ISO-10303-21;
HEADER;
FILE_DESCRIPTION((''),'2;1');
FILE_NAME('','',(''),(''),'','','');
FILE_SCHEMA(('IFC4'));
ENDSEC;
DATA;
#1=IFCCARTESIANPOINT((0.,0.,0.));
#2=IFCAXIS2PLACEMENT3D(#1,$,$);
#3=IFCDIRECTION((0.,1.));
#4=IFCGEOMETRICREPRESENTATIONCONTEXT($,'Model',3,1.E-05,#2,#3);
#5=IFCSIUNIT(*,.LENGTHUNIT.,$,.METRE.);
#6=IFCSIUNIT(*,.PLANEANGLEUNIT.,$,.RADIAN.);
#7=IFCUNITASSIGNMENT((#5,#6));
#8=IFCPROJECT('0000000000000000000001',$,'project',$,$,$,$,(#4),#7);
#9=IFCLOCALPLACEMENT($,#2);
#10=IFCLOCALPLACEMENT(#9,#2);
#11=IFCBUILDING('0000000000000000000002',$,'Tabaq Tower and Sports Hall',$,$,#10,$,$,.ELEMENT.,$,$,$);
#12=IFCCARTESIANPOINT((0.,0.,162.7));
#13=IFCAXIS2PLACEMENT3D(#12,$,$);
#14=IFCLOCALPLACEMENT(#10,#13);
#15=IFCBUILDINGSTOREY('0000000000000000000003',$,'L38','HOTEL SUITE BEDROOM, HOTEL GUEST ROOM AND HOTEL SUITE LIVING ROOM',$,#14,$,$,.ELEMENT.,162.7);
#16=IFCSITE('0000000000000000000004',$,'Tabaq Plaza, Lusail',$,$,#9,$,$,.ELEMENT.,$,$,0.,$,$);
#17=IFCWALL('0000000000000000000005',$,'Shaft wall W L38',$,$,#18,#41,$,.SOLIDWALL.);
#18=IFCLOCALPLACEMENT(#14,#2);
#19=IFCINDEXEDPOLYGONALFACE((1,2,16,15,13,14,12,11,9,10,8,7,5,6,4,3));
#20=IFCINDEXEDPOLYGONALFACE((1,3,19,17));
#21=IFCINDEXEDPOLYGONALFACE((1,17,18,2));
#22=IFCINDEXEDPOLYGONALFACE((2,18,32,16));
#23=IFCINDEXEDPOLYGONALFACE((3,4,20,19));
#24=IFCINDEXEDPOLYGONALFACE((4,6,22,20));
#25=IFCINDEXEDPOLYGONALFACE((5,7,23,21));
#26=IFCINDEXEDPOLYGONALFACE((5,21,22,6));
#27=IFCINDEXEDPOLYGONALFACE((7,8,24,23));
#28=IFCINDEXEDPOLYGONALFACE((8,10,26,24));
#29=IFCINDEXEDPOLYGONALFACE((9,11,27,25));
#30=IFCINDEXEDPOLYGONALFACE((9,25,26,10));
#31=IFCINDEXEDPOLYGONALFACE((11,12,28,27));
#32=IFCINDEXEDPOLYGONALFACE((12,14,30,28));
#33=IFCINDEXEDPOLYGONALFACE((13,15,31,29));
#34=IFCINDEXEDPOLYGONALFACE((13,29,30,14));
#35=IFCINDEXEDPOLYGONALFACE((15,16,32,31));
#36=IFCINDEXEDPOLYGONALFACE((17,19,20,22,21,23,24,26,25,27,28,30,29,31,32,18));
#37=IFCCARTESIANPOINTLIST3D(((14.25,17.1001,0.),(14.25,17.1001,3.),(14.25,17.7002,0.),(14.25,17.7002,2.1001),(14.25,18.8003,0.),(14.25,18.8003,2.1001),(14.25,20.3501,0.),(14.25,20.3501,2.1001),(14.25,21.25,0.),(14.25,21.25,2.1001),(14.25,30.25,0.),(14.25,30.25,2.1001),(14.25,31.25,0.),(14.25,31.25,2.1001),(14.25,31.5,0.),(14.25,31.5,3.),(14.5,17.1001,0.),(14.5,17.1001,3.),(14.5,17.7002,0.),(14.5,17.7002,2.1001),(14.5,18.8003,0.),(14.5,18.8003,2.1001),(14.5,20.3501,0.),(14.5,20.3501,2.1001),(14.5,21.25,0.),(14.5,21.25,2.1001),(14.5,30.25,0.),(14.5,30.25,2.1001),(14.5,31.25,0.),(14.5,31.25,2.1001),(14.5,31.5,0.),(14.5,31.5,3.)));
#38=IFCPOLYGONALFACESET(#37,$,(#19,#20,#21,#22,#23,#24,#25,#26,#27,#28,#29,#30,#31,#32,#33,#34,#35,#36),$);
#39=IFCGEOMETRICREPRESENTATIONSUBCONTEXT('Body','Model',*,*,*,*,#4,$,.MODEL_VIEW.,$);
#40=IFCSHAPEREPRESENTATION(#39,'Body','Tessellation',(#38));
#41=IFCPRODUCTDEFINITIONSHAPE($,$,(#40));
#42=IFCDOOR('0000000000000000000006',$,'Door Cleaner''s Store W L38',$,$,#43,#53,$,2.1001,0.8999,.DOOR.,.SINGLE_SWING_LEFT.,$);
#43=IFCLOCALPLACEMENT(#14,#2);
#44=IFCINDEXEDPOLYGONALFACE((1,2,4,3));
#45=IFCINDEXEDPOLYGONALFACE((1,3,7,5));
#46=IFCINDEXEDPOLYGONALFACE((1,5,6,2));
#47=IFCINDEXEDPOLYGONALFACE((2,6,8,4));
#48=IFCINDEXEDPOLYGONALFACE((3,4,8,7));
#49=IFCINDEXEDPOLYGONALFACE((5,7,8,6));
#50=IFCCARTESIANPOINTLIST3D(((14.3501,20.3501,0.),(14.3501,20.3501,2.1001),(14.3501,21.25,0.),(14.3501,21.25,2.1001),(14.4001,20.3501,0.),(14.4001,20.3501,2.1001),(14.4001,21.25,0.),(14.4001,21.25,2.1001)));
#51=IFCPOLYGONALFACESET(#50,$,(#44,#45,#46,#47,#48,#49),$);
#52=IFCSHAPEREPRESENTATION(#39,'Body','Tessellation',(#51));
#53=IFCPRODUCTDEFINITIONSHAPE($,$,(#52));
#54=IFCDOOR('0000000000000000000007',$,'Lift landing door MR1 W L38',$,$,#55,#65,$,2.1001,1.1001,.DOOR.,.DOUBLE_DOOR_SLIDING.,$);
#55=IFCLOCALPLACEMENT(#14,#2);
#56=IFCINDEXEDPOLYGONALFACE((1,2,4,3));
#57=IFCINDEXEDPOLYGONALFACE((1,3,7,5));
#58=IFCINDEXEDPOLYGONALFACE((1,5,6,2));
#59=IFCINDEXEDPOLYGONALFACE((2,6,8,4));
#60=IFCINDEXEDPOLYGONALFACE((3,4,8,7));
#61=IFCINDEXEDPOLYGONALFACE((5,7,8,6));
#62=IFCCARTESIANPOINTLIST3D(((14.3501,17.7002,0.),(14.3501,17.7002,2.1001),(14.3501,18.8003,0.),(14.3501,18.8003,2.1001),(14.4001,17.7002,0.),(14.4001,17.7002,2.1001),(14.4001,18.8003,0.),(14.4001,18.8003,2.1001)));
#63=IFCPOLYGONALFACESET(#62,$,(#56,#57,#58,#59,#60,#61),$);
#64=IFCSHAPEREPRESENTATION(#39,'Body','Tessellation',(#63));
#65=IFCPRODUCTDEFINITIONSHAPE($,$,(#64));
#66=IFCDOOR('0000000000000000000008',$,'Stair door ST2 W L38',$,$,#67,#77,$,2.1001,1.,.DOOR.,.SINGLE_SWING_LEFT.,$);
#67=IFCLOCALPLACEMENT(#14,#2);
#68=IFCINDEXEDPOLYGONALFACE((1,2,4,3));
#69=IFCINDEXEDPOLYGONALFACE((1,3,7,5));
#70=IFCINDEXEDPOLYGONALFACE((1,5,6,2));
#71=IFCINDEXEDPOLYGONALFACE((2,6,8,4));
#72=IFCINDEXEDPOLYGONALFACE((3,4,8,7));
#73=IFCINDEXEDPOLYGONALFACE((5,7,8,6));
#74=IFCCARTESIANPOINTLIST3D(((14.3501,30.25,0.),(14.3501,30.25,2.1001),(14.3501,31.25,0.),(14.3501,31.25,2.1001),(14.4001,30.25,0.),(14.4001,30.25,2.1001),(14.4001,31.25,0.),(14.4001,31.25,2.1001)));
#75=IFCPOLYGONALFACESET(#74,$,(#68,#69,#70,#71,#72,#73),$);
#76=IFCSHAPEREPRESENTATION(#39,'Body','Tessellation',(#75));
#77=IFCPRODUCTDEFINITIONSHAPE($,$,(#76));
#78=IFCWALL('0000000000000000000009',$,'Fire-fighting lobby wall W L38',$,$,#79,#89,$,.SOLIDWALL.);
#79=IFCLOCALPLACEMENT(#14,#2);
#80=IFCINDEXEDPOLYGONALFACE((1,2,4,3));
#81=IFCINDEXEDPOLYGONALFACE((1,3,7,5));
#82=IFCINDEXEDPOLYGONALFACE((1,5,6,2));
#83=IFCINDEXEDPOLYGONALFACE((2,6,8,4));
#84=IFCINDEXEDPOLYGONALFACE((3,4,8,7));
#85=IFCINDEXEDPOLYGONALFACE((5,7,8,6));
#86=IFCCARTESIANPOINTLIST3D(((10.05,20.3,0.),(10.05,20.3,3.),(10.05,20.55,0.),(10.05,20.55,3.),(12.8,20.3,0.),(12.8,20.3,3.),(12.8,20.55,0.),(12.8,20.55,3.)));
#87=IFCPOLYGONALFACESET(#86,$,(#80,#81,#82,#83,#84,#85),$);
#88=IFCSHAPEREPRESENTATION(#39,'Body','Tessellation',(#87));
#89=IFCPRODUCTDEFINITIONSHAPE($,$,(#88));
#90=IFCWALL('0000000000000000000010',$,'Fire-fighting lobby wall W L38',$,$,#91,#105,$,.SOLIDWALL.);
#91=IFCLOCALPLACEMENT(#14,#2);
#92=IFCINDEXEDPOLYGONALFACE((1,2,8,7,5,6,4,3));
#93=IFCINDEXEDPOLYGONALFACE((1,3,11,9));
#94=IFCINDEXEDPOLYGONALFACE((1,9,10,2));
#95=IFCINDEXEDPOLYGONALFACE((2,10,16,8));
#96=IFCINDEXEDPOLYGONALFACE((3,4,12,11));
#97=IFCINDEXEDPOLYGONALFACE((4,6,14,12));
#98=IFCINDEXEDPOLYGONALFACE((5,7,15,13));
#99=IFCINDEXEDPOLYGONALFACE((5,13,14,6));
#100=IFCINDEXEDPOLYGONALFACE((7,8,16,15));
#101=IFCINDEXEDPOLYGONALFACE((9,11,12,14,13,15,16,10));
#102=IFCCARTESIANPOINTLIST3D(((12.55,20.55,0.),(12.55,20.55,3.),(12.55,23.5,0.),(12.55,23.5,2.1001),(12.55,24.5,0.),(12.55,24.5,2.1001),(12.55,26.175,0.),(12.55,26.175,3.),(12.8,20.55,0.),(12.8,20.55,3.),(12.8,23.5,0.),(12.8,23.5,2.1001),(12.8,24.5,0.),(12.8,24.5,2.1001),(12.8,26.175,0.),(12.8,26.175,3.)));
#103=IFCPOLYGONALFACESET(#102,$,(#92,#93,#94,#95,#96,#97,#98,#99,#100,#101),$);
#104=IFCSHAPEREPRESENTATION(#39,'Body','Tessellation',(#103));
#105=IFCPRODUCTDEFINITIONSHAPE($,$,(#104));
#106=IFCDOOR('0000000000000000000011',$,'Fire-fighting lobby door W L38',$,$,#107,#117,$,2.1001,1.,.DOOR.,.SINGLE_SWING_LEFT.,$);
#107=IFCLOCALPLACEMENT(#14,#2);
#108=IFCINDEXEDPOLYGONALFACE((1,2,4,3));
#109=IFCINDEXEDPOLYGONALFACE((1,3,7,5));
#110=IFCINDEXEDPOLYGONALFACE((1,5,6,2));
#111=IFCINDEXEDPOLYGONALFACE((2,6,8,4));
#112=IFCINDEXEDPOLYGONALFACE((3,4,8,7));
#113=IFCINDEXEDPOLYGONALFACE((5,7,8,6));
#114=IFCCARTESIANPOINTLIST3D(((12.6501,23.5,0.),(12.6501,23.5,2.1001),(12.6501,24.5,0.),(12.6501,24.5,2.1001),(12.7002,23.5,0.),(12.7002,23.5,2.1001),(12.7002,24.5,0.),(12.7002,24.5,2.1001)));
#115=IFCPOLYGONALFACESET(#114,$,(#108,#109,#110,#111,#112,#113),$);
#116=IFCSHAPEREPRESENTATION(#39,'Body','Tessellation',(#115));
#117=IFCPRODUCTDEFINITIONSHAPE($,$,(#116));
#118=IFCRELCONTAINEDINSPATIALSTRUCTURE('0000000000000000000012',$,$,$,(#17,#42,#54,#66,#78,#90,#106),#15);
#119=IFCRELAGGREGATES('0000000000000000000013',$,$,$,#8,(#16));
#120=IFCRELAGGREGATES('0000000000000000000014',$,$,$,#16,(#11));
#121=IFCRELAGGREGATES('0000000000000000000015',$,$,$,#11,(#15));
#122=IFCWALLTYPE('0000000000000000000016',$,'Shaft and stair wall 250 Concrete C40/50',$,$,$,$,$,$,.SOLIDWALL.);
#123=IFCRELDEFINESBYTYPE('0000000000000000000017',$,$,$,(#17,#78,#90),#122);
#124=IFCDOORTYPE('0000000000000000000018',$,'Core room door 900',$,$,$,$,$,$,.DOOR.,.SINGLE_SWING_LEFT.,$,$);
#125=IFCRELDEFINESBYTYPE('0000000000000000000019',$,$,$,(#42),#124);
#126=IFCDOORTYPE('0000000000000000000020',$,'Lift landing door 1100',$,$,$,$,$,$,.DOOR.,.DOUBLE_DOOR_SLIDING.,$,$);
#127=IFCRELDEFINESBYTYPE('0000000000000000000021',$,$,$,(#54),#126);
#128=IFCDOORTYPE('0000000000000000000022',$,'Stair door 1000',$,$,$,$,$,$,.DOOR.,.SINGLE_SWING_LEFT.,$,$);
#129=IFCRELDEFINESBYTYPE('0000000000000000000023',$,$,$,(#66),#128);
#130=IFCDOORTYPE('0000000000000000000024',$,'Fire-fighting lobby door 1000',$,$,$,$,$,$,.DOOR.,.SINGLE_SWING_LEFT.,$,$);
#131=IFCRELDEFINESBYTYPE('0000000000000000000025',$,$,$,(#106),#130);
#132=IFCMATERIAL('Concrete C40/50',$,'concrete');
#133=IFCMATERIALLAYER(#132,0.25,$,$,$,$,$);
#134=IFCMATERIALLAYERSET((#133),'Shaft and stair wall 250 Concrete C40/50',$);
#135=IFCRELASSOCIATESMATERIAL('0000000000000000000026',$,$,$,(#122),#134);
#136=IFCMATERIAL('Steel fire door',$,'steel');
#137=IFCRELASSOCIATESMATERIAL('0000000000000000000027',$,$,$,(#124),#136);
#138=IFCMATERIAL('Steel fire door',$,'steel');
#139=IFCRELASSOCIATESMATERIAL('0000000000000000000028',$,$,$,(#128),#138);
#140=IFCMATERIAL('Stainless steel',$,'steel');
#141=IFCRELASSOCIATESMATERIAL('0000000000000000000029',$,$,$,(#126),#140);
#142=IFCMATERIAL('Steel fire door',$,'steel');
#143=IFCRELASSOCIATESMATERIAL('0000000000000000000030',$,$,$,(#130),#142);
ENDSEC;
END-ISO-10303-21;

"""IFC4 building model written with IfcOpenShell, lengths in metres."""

from ifc_helpers import new_model, si_unit, direction, frame, frame_2d, origin, place, context, subcontext, project, spatial, rectangle, extrude, material, layer, layer_set, type_object, element, fill, save


model = new_model("IFC4")

# Units and contexts
model_context = context("Model", 3, precision=1e-05, world=origin(), true_north=direction((0.0, 1.0)))
body_context = subcontext(model_context, "Body", "Model", "MODEL_VIEW")
ifc_project = project(units=[si_unit("LENGTHUNIT", "METRE"), si_unit("PLANEANGLEUNIT", "RADIAN")], contexts=[model_context])

# Site, building, storey
site_placement = place(None, origin())
site = spatial("IfcSite", under=ifc_project, at=site_placement, Name="Tabaq Plaza, Lusail", CompositionType="ELEMENT", RefElevation=0.0)
building_placement = place(site_placement, origin())
building = spatial("IfcBuilding", under=site, at=building_placement, Name="Tabaq Tower and Sports Hall", CompositionType="ELEMENT")
storey_placement = place(building_placement, frame((0.0, 0.0, 162.7)))
storey = spatial("IfcBuildingStorey", under=building, at=storey_placement, Name="L38", Description="HOTEL SUITE BEDROOM, HOTEL GUEST ROOM AND HOTEL SUITE LIVING ROOM", CompositionType="ELEMENT", Elevation=162.7)

# Wall, openings, doors
ifc_material_1 = material(Name="Concrete C40/50", Category="concrete")
ifc_layer_1 = layer(ifc_material_1, 0.25)
ifc_layer_set_1 = layer_set([ifc_layer_1], Name="Shaft and stair wall 250 Concrete C40/50")
wall_type_1 = type_object("IfcWallType", Name="Shaft and stair wall 250 Concrete C40/50", PredefinedType="SOLIDWALL", material=ifc_layer_set_1)
ifc_material_2 = material(Name="Steel fire door", Category="steel")
door_type_1 = type_object("IfcDoorType", Name="Core room door 900", OperationType="SINGLE_SWING_LEFT", PredefinedType="DOOR", material=ifc_material_2)
ifc_material_3 = material(Name="Steel fire door", Category="steel")
door_type_2 = type_object("IfcDoorType", Name="Stair door 1000", OperationType="SINGLE_SWING_LEFT", PredefinedType="DOOR", material=ifc_material_3)
wall_1_placement = place(storey_placement, frame((14.375, 17.1001, 0.0), z_axis=(0.0, 0.0, 1.0), x_axis=(0.0, 1.0, 0.0)))
wall_1 = element("IfcWall", 1, at=wall_1_placement, inside=storey, type_object=wall_type_1, Name="Shaft wall W L38", PredefinedType="SOLIDWALL", context=body_context, shape_type="SweptSolid", body=[
    extrude(rectangle(XDim=14.3999, YDim=0.25, at=frame_2d((7.2, 0.0))), origin(), (0.0, 0.0, 1.0), 3.0),
])
opening_1_placement = place(wall_1_placement, frame((13.1499, 0.0, 0.0)))
opening_1 = element("IfcOpeningElement", 2, at=opening_1_placement, cuts=wall_1, PredefinedType="OPENING", context=body_context, shape_type="SweptSolid", body=[
    extrude(rectangle(XDim=1.0, YDim=2.1001, at=frame_2d((0.5, 1.05))), frame((0.0, 0.125, 0.0), z_axis=(0.0, -1.0, 0.0), x_axis=(1.0, 0.0, 0.0)), (0.0, 0.0, 1.0), 0.25),
])
opening_2_placement = place(wall_1_placement, frame((0.6001, 0.0, 0.0)))
opening_2 = element("IfcOpeningElement", 3, at=opening_2_placement, cuts=wall_1, PredefinedType="OPENING", context=body_context, shape_type="SweptSolid", body=[
    extrude(rectangle(XDim=1.1001, YDim=2.1001, at=frame_2d((0.55, 1.05))), frame((0.0, 0.125, 0.0), z_axis=(0.0, -1.0, 0.0), x_axis=(1.0, 0.0, 0.0)), (0.0, 0.0, 1.0), 0.25),
])
opening_3_placement = place(wall_1_placement, frame((3.25, 0.0, 0.0)))
opening_3 = element("IfcOpeningElement", 4, at=opening_3_placement, cuts=wall_1, PredefinedType="OPENING", context=body_context, shape_type="SweptSolid", body=[
    extrude(rectangle(XDim=0.8999, YDim=2.1001, at=frame_2d((0.45, 1.05))), frame((0.0, 0.125, 0.0), z_axis=(0.0, -1.0, 0.0), x_axis=(1.0, 0.0, 0.0)), (0.0, 0.0, 1.0), 0.25),
])
door_1_placement = place(opening_3_placement, origin())
door_1 = element("IfcDoor", 5, at=door_1_placement, inside=storey, type_object=door_type_1, Name="Door Cleaner's Store W L38", OperationType="SINGLE_SWING_LEFT", OverallHeight=2.1001, OverallWidth=0.8999, PredefinedType="DOOR", context=body_context, shape_type="SweptSolid", body=[
    extrude(rectangle(XDim=0.8999, YDim=2.1001, at=frame_2d((0.45, 1.05))), frame((0.0, 0.0249, 0.0), z_axis=(0.0, -1.0, 0.0), x_axis=(1.0, 0.0, 0.0)), (0.0, 0.0, 1.0), 0.05),
])
fill(opening_3, door_1)
ifc_material_4 = material(Name="Stainless steel", Category="steel")
door_type_3 = type_object("IfcDoorType", Name="Lift landing door 1100", OperationType="DOUBLE_DOOR_SLIDING", PredefinedType="DOOR", material=ifc_material_4)
door_2_placement = place(opening_2_placement, origin())
door_2 = element("IfcDoor", 6, at=door_2_placement, inside=storey, type_object=door_type_3, Name="Lift landing door MR1 W L38", OperationType="DOUBLE_DOOR_SLIDING", OverallHeight=2.1001, OverallWidth=1.1001, PredefinedType="DOOR", context=body_context, shape_type="SweptSolid", body=[
    extrude(rectangle(XDim=1.1001, YDim=2.1001, at=frame_2d((0.55, 1.05))), frame((0.0, 0.0249, 0.0), z_axis=(0.0, -1.0, 0.0), x_axis=(1.0, 0.0, 0.0)), (0.0, 0.0, 1.0), 0.05),
])
fill(opening_2, door_2)
door_3_placement = place(opening_1_placement, origin())
door_3 = element("IfcDoor", 7, at=door_3_placement, inside=storey, type_object=door_type_2, Name="Stair door ST2 W L38", OperationType="SINGLE_SWING_LEFT", OverallHeight=2.1001, OverallWidth=1.0, PredefinedType="DOOR", context=body_context, shape_type="SweptSolid", body=[
    extrude(rectangle(XDim=1.0, YDim=2.1001, at=frame_2d((0.5, 1.05))), frame((0.0, 0.0249, 0.0), z_axis=(0.0, -1.0, 0.0), x_axis=(1.0, 0.0, 0.0)), (0.0, 0.0, 1.0), 0.05),
])
fill(opening_1, door_3)

# Wall
wall_2_placement = place(storey_placement, frame((10.05, 20.425, 0.0), z_axis=(0.0, 0.0, 1.0), x_axis=(1.0, 0.0, 0.0)))
element("IfcWall", 8, at=wall_2_placement, inside=storey, type_object=wall_type_1, Name="Fire-fighting lobby wall W L38", PredefinedType="SOLIDWALL", context=body_context, shape_type="SweptSolid", body=[
    extrude(rectangle(XDim=2.75, YDim=0.25, at=frame_2d((1.375, 0.0))), origin(), (0.0, 0.0, 1.0), 3.0),
])

# Wall, opening, door
wall_3_placement = place(storey_placement, frame((12.675, 20.55, 0.0), z_axis=(0.0, 0.0, 1.0), x_axis=(0.0, 1.0, 0.0)))
wall_3 = element("IfcWall", 9, at=wall_3_placement, inside=storey, type_object=wall_type_1, Name="Fire-fighting lobby wall W L38", PredefinedType="SOLIDWALL", context=body_context, shape_type="SweptSolid", body=[
    extrude(rectangle(XDim=5.625, YDim=0.25, at=frame_2d((2.8125, 0.0))), origin(), (0.0, 0.0, 1.0), 3.0),
])
opening_4_placement = place(wall_3_placement, frame((2.95, 0.0, 0.0)))
opening_4 = element("IfcOpeningElement", 10, at=opening_4_placement, cuts=wall_3, PredefinedType="OPENING", context=body_context, shape_type="SweptSolid", body=[
    extrude(rectangle(XDim=1.0, YDim=2.1001, at=frame_2d((0.5, 1.05))), frame((0.0, 0.125, 0.0), z_axis=(0.0, -1.0, 0.0), x_axis=(1.0, 0.0, 0.0)), (0.0, 0.0, 1.0), 0.25),
])
ifc_material_5 = material(Name="Steel fire door", Category="steel")
door_type_4 = type_object("IfcDoorType", Name="Fire-fighting lobby door 1000", OperationType="SINGLE_SWING_LEFT", PredefinedType="DOOR", material=ifc_material_5)
door_4_placement = place(opening_4_placement, origin())
door_4 = element("IfcDoor", 11, at=door_4_placement, inside=storey, type_object=door_type_4, Name="Fire-fighting lobby door W L38", OperationType="SINGLE_SWING_LEFT", OverallHeight=2.1001, OverallWidth=1.0, PredefinedType="DOOR", context=body_context, shape_type="SweptSolid", body=[
    extrude(rectangle(XDim=1.0, YDim=2.1001, at=frame_2d((0.5, 1.05))), frame((0.0, 0.0249, 0.0), z_axis=(0.0, -1.0, 0.0), x_axis=(1.0, 0.0, 0.0)), (0.0, 0.0, 1.0), 0.05),
])
fill(opening_4, door_4)

save(model, "model.ifc")
